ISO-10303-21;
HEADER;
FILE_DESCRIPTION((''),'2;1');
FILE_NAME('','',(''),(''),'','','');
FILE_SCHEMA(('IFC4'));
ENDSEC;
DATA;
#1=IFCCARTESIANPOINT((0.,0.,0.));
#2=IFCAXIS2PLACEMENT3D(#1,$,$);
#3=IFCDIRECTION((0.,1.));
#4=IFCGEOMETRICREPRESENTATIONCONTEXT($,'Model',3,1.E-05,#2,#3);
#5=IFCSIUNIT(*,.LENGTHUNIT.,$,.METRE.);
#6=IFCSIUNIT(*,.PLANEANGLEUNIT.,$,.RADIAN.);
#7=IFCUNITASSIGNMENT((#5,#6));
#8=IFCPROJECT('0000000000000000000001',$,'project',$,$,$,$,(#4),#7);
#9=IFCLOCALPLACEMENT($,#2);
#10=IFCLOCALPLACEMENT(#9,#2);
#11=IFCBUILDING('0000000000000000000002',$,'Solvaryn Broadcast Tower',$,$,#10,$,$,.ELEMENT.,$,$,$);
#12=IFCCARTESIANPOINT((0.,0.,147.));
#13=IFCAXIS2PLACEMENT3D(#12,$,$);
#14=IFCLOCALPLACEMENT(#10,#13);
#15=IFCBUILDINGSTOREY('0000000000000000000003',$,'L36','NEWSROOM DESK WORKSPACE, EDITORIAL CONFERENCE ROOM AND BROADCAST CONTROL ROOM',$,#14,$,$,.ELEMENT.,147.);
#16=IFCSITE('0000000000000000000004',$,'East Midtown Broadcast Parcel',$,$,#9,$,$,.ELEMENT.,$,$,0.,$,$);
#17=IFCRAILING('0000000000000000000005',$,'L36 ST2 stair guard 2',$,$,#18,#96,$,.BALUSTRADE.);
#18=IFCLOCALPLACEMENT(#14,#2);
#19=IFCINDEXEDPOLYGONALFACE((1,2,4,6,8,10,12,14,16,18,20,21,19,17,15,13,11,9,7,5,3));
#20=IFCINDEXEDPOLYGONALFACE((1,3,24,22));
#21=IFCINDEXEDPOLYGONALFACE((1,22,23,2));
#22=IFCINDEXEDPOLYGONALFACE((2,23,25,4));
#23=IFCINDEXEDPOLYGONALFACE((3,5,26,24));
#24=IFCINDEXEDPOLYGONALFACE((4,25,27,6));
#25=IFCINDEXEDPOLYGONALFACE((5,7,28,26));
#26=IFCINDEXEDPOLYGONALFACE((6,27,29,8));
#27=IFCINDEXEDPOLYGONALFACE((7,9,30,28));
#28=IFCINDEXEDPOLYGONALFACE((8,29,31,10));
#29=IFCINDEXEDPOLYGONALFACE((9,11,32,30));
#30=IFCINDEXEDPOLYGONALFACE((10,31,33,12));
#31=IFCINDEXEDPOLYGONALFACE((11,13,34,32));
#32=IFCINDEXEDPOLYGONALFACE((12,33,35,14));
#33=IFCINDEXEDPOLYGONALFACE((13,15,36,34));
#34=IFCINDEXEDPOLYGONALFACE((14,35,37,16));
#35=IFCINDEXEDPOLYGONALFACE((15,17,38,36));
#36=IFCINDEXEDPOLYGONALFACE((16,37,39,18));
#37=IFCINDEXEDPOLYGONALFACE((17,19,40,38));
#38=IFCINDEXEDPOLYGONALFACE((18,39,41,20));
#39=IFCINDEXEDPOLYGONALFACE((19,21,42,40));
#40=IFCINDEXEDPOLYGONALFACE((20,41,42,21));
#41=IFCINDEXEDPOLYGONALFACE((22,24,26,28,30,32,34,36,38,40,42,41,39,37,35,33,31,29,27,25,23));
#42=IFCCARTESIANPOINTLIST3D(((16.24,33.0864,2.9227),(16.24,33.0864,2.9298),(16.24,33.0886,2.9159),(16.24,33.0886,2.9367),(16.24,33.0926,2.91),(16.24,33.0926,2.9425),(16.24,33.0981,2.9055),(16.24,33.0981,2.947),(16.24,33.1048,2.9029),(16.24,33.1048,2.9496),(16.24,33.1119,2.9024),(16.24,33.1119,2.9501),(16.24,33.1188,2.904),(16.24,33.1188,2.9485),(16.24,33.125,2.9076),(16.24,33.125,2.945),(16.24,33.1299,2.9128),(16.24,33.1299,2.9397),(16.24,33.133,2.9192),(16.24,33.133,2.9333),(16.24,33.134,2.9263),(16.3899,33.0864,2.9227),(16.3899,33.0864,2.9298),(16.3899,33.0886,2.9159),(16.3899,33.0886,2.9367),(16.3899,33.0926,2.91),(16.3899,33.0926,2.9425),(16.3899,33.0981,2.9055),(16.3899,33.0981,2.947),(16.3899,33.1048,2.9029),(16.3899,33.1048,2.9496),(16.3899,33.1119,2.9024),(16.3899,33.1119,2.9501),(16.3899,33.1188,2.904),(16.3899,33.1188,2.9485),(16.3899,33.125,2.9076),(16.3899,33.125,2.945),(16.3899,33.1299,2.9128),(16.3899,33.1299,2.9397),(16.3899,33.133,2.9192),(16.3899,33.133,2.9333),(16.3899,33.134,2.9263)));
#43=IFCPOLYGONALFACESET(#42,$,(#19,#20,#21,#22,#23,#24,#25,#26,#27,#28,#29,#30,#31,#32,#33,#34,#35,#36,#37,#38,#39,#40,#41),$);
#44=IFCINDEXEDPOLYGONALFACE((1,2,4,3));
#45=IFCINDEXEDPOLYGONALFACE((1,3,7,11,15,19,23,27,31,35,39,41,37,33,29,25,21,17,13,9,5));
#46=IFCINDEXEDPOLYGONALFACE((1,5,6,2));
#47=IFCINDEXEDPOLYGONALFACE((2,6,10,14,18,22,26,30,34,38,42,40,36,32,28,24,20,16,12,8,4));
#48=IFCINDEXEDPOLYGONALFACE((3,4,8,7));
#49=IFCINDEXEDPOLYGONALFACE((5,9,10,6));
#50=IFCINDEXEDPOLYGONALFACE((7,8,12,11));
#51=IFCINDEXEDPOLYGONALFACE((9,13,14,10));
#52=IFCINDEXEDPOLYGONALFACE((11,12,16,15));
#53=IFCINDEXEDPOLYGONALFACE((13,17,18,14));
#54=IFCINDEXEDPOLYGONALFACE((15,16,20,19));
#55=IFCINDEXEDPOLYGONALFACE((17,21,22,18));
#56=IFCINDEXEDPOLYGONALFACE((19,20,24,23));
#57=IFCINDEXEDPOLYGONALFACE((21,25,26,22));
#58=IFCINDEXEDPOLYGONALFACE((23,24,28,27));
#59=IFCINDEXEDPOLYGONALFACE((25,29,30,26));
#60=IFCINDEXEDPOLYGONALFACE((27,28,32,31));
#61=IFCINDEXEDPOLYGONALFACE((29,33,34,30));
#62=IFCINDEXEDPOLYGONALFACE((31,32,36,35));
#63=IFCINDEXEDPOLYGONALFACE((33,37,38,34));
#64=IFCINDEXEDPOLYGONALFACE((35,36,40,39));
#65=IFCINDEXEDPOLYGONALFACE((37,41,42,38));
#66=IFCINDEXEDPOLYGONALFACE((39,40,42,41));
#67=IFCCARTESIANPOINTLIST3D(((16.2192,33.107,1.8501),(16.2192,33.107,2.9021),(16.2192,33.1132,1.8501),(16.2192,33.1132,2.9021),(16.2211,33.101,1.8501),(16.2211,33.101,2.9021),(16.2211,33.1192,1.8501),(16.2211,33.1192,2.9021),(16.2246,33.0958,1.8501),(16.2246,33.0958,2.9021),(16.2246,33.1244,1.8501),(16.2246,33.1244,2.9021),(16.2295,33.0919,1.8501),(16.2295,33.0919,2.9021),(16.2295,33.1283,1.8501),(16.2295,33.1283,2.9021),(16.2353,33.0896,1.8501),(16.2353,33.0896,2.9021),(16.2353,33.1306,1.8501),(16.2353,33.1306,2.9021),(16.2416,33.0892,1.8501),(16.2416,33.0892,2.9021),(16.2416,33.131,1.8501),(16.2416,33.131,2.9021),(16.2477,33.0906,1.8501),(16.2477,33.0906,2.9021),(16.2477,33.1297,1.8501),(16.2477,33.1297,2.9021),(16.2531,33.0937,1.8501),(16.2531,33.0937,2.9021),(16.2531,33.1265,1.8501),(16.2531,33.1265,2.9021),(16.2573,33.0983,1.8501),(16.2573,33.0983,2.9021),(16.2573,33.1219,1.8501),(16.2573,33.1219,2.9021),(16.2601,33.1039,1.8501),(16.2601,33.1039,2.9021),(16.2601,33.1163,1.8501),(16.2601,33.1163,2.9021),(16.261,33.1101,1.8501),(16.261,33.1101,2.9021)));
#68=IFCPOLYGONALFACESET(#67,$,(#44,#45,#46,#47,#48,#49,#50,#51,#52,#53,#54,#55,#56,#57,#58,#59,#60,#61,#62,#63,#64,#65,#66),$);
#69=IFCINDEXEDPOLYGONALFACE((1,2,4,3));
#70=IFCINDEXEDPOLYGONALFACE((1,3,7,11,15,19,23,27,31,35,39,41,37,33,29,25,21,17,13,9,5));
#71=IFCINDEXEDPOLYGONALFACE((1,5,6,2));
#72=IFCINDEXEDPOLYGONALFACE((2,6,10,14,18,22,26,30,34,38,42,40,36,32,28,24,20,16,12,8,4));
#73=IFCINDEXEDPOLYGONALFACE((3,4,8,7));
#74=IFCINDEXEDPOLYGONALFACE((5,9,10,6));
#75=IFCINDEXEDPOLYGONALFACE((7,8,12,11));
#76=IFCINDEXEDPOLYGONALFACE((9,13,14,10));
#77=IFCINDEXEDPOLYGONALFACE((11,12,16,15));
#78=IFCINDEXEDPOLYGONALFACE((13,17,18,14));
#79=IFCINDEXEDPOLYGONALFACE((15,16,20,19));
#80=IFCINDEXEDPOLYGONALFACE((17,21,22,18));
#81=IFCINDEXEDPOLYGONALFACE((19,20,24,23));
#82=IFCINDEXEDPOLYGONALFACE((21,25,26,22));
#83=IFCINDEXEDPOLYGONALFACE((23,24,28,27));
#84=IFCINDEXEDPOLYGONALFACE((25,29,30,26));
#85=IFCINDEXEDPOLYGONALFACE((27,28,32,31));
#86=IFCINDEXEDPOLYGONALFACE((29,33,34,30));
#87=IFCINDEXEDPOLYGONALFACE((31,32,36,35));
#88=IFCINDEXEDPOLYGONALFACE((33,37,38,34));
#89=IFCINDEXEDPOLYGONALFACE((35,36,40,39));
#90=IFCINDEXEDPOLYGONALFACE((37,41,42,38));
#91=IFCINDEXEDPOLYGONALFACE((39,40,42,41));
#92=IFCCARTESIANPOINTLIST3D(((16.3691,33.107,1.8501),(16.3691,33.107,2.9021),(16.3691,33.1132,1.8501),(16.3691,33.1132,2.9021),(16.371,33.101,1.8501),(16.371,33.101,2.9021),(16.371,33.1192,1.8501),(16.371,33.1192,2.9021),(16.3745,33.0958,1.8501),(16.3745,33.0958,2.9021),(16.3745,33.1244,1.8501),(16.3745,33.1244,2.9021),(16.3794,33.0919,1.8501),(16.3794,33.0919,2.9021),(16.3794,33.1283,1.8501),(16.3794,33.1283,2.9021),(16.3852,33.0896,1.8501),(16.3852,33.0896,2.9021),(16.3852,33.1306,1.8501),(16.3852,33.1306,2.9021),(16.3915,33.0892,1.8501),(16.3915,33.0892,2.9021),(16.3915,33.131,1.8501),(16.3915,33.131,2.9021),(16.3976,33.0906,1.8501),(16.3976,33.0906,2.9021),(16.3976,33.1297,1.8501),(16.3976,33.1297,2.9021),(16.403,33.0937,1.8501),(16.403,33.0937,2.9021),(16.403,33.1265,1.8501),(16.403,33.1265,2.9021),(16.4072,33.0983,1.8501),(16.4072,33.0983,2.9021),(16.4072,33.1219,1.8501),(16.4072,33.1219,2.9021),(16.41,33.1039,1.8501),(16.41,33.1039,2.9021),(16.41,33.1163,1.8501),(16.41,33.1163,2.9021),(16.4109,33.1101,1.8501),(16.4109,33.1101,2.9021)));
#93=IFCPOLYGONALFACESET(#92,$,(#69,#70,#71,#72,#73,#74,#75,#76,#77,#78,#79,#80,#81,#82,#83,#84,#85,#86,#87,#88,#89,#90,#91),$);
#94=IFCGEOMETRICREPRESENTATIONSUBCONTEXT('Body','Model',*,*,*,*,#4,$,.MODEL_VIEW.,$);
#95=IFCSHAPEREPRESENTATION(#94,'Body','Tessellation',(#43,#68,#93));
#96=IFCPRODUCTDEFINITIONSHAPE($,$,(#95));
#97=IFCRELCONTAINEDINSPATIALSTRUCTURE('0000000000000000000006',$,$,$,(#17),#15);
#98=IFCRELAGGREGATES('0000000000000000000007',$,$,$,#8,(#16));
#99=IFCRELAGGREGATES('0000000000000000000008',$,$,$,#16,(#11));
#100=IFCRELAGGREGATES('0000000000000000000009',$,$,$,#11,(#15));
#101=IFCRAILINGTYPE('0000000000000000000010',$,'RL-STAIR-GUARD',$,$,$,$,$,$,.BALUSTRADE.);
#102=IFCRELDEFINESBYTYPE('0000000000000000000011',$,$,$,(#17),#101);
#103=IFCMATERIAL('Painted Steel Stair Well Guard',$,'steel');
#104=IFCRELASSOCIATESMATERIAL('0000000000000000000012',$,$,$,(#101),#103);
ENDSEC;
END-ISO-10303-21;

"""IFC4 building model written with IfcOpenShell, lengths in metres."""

from ifc_helpers import new_model, si_unit, direction, frame, origin, origin_2d, place, context, subcontext, project, spatial, circle, extrude, material, type_object, element, save


model = new_model("IFC4")

# Units and contexts
model_context = context("Model", 3, precision=1e-05, world=origin(), true_north=direction((0.0, 1.0)))
body_context = subcontext(model_context, "Body", "Model", "MODEL_VIEW")
ifc_project = project(units=[si_unit("LENGTHUNIT", "METRE"), si_unit("PLANEANGLEUNIT", "RADIAN")], contexts=[model_context])

# Site, building, storey
site_placement = place(None, origin())
site = spatial("IfcSite", under=ifc_project, at=site_placement, Name="East Midtown Broadcast Parcel", CompositionType="ELEMENT", RefElevation=0.0)
building_placement = place(site_placement, origin())
building = spatial("IfcBuilding", under=site, at=building_placement, Name="Solvaryn Broadcast Tower", CompositionType="ELEMENT")
storey_placement = place(building_placement, frame((0.0, 0.0, 147.0)))
storey = spatial("IfcBuildingStorey", under=building, at=storey_placement, Name="L36", Description="NEWSROOM DESK WORKSPACE, EDITORIAL CONFERENCE ROOM AND BROADCAST CONTROL ROOM", CompositionType="ELEMENT", Elevation=147.0)

# Railing
ifc_material_1 = material(Name="Painted Steel Stair Well Guard", Category="steel")
railing_type_1 = type_object("IfcRailingType", Name="RL-STAIR-GUARD", PredefinedType="BALUSTRADE", material=ifc_material_1)
railing_1_placement = place(storey_placement, frame((16.24, 33.1101, 1.8501)))
element("IfcRailing", 1, at=railing_1_placement, inside=storey, type_object=railing_type_1, Name="L36 ST2 stair guard 2", PredefinedType="BALUSTRADE", context=body_context, shape_type="SweptSolid", body=[
    extrude(circle(Radius=0.0239, at=origin_2d()), frame((0.0, 0.0, 1.0762), z_axis=(1.0, 0.0, 0.0), x_axis=(0.0, 1.0, 0.0)), (0.0, 0.0, 1.0), 0.1499),
    extrude(circle(Radius=0.021, at=origin_2d()), origin(), (0.0, 0.0, 1.0), 1.052),
    extrude(circle(Radius=0.021, at=origin_2d()), frame((0.1499, 0.0, 0.0)), (0.0, 0.0, 1.0), 1.052),
])

save(model, "model.ifc")
